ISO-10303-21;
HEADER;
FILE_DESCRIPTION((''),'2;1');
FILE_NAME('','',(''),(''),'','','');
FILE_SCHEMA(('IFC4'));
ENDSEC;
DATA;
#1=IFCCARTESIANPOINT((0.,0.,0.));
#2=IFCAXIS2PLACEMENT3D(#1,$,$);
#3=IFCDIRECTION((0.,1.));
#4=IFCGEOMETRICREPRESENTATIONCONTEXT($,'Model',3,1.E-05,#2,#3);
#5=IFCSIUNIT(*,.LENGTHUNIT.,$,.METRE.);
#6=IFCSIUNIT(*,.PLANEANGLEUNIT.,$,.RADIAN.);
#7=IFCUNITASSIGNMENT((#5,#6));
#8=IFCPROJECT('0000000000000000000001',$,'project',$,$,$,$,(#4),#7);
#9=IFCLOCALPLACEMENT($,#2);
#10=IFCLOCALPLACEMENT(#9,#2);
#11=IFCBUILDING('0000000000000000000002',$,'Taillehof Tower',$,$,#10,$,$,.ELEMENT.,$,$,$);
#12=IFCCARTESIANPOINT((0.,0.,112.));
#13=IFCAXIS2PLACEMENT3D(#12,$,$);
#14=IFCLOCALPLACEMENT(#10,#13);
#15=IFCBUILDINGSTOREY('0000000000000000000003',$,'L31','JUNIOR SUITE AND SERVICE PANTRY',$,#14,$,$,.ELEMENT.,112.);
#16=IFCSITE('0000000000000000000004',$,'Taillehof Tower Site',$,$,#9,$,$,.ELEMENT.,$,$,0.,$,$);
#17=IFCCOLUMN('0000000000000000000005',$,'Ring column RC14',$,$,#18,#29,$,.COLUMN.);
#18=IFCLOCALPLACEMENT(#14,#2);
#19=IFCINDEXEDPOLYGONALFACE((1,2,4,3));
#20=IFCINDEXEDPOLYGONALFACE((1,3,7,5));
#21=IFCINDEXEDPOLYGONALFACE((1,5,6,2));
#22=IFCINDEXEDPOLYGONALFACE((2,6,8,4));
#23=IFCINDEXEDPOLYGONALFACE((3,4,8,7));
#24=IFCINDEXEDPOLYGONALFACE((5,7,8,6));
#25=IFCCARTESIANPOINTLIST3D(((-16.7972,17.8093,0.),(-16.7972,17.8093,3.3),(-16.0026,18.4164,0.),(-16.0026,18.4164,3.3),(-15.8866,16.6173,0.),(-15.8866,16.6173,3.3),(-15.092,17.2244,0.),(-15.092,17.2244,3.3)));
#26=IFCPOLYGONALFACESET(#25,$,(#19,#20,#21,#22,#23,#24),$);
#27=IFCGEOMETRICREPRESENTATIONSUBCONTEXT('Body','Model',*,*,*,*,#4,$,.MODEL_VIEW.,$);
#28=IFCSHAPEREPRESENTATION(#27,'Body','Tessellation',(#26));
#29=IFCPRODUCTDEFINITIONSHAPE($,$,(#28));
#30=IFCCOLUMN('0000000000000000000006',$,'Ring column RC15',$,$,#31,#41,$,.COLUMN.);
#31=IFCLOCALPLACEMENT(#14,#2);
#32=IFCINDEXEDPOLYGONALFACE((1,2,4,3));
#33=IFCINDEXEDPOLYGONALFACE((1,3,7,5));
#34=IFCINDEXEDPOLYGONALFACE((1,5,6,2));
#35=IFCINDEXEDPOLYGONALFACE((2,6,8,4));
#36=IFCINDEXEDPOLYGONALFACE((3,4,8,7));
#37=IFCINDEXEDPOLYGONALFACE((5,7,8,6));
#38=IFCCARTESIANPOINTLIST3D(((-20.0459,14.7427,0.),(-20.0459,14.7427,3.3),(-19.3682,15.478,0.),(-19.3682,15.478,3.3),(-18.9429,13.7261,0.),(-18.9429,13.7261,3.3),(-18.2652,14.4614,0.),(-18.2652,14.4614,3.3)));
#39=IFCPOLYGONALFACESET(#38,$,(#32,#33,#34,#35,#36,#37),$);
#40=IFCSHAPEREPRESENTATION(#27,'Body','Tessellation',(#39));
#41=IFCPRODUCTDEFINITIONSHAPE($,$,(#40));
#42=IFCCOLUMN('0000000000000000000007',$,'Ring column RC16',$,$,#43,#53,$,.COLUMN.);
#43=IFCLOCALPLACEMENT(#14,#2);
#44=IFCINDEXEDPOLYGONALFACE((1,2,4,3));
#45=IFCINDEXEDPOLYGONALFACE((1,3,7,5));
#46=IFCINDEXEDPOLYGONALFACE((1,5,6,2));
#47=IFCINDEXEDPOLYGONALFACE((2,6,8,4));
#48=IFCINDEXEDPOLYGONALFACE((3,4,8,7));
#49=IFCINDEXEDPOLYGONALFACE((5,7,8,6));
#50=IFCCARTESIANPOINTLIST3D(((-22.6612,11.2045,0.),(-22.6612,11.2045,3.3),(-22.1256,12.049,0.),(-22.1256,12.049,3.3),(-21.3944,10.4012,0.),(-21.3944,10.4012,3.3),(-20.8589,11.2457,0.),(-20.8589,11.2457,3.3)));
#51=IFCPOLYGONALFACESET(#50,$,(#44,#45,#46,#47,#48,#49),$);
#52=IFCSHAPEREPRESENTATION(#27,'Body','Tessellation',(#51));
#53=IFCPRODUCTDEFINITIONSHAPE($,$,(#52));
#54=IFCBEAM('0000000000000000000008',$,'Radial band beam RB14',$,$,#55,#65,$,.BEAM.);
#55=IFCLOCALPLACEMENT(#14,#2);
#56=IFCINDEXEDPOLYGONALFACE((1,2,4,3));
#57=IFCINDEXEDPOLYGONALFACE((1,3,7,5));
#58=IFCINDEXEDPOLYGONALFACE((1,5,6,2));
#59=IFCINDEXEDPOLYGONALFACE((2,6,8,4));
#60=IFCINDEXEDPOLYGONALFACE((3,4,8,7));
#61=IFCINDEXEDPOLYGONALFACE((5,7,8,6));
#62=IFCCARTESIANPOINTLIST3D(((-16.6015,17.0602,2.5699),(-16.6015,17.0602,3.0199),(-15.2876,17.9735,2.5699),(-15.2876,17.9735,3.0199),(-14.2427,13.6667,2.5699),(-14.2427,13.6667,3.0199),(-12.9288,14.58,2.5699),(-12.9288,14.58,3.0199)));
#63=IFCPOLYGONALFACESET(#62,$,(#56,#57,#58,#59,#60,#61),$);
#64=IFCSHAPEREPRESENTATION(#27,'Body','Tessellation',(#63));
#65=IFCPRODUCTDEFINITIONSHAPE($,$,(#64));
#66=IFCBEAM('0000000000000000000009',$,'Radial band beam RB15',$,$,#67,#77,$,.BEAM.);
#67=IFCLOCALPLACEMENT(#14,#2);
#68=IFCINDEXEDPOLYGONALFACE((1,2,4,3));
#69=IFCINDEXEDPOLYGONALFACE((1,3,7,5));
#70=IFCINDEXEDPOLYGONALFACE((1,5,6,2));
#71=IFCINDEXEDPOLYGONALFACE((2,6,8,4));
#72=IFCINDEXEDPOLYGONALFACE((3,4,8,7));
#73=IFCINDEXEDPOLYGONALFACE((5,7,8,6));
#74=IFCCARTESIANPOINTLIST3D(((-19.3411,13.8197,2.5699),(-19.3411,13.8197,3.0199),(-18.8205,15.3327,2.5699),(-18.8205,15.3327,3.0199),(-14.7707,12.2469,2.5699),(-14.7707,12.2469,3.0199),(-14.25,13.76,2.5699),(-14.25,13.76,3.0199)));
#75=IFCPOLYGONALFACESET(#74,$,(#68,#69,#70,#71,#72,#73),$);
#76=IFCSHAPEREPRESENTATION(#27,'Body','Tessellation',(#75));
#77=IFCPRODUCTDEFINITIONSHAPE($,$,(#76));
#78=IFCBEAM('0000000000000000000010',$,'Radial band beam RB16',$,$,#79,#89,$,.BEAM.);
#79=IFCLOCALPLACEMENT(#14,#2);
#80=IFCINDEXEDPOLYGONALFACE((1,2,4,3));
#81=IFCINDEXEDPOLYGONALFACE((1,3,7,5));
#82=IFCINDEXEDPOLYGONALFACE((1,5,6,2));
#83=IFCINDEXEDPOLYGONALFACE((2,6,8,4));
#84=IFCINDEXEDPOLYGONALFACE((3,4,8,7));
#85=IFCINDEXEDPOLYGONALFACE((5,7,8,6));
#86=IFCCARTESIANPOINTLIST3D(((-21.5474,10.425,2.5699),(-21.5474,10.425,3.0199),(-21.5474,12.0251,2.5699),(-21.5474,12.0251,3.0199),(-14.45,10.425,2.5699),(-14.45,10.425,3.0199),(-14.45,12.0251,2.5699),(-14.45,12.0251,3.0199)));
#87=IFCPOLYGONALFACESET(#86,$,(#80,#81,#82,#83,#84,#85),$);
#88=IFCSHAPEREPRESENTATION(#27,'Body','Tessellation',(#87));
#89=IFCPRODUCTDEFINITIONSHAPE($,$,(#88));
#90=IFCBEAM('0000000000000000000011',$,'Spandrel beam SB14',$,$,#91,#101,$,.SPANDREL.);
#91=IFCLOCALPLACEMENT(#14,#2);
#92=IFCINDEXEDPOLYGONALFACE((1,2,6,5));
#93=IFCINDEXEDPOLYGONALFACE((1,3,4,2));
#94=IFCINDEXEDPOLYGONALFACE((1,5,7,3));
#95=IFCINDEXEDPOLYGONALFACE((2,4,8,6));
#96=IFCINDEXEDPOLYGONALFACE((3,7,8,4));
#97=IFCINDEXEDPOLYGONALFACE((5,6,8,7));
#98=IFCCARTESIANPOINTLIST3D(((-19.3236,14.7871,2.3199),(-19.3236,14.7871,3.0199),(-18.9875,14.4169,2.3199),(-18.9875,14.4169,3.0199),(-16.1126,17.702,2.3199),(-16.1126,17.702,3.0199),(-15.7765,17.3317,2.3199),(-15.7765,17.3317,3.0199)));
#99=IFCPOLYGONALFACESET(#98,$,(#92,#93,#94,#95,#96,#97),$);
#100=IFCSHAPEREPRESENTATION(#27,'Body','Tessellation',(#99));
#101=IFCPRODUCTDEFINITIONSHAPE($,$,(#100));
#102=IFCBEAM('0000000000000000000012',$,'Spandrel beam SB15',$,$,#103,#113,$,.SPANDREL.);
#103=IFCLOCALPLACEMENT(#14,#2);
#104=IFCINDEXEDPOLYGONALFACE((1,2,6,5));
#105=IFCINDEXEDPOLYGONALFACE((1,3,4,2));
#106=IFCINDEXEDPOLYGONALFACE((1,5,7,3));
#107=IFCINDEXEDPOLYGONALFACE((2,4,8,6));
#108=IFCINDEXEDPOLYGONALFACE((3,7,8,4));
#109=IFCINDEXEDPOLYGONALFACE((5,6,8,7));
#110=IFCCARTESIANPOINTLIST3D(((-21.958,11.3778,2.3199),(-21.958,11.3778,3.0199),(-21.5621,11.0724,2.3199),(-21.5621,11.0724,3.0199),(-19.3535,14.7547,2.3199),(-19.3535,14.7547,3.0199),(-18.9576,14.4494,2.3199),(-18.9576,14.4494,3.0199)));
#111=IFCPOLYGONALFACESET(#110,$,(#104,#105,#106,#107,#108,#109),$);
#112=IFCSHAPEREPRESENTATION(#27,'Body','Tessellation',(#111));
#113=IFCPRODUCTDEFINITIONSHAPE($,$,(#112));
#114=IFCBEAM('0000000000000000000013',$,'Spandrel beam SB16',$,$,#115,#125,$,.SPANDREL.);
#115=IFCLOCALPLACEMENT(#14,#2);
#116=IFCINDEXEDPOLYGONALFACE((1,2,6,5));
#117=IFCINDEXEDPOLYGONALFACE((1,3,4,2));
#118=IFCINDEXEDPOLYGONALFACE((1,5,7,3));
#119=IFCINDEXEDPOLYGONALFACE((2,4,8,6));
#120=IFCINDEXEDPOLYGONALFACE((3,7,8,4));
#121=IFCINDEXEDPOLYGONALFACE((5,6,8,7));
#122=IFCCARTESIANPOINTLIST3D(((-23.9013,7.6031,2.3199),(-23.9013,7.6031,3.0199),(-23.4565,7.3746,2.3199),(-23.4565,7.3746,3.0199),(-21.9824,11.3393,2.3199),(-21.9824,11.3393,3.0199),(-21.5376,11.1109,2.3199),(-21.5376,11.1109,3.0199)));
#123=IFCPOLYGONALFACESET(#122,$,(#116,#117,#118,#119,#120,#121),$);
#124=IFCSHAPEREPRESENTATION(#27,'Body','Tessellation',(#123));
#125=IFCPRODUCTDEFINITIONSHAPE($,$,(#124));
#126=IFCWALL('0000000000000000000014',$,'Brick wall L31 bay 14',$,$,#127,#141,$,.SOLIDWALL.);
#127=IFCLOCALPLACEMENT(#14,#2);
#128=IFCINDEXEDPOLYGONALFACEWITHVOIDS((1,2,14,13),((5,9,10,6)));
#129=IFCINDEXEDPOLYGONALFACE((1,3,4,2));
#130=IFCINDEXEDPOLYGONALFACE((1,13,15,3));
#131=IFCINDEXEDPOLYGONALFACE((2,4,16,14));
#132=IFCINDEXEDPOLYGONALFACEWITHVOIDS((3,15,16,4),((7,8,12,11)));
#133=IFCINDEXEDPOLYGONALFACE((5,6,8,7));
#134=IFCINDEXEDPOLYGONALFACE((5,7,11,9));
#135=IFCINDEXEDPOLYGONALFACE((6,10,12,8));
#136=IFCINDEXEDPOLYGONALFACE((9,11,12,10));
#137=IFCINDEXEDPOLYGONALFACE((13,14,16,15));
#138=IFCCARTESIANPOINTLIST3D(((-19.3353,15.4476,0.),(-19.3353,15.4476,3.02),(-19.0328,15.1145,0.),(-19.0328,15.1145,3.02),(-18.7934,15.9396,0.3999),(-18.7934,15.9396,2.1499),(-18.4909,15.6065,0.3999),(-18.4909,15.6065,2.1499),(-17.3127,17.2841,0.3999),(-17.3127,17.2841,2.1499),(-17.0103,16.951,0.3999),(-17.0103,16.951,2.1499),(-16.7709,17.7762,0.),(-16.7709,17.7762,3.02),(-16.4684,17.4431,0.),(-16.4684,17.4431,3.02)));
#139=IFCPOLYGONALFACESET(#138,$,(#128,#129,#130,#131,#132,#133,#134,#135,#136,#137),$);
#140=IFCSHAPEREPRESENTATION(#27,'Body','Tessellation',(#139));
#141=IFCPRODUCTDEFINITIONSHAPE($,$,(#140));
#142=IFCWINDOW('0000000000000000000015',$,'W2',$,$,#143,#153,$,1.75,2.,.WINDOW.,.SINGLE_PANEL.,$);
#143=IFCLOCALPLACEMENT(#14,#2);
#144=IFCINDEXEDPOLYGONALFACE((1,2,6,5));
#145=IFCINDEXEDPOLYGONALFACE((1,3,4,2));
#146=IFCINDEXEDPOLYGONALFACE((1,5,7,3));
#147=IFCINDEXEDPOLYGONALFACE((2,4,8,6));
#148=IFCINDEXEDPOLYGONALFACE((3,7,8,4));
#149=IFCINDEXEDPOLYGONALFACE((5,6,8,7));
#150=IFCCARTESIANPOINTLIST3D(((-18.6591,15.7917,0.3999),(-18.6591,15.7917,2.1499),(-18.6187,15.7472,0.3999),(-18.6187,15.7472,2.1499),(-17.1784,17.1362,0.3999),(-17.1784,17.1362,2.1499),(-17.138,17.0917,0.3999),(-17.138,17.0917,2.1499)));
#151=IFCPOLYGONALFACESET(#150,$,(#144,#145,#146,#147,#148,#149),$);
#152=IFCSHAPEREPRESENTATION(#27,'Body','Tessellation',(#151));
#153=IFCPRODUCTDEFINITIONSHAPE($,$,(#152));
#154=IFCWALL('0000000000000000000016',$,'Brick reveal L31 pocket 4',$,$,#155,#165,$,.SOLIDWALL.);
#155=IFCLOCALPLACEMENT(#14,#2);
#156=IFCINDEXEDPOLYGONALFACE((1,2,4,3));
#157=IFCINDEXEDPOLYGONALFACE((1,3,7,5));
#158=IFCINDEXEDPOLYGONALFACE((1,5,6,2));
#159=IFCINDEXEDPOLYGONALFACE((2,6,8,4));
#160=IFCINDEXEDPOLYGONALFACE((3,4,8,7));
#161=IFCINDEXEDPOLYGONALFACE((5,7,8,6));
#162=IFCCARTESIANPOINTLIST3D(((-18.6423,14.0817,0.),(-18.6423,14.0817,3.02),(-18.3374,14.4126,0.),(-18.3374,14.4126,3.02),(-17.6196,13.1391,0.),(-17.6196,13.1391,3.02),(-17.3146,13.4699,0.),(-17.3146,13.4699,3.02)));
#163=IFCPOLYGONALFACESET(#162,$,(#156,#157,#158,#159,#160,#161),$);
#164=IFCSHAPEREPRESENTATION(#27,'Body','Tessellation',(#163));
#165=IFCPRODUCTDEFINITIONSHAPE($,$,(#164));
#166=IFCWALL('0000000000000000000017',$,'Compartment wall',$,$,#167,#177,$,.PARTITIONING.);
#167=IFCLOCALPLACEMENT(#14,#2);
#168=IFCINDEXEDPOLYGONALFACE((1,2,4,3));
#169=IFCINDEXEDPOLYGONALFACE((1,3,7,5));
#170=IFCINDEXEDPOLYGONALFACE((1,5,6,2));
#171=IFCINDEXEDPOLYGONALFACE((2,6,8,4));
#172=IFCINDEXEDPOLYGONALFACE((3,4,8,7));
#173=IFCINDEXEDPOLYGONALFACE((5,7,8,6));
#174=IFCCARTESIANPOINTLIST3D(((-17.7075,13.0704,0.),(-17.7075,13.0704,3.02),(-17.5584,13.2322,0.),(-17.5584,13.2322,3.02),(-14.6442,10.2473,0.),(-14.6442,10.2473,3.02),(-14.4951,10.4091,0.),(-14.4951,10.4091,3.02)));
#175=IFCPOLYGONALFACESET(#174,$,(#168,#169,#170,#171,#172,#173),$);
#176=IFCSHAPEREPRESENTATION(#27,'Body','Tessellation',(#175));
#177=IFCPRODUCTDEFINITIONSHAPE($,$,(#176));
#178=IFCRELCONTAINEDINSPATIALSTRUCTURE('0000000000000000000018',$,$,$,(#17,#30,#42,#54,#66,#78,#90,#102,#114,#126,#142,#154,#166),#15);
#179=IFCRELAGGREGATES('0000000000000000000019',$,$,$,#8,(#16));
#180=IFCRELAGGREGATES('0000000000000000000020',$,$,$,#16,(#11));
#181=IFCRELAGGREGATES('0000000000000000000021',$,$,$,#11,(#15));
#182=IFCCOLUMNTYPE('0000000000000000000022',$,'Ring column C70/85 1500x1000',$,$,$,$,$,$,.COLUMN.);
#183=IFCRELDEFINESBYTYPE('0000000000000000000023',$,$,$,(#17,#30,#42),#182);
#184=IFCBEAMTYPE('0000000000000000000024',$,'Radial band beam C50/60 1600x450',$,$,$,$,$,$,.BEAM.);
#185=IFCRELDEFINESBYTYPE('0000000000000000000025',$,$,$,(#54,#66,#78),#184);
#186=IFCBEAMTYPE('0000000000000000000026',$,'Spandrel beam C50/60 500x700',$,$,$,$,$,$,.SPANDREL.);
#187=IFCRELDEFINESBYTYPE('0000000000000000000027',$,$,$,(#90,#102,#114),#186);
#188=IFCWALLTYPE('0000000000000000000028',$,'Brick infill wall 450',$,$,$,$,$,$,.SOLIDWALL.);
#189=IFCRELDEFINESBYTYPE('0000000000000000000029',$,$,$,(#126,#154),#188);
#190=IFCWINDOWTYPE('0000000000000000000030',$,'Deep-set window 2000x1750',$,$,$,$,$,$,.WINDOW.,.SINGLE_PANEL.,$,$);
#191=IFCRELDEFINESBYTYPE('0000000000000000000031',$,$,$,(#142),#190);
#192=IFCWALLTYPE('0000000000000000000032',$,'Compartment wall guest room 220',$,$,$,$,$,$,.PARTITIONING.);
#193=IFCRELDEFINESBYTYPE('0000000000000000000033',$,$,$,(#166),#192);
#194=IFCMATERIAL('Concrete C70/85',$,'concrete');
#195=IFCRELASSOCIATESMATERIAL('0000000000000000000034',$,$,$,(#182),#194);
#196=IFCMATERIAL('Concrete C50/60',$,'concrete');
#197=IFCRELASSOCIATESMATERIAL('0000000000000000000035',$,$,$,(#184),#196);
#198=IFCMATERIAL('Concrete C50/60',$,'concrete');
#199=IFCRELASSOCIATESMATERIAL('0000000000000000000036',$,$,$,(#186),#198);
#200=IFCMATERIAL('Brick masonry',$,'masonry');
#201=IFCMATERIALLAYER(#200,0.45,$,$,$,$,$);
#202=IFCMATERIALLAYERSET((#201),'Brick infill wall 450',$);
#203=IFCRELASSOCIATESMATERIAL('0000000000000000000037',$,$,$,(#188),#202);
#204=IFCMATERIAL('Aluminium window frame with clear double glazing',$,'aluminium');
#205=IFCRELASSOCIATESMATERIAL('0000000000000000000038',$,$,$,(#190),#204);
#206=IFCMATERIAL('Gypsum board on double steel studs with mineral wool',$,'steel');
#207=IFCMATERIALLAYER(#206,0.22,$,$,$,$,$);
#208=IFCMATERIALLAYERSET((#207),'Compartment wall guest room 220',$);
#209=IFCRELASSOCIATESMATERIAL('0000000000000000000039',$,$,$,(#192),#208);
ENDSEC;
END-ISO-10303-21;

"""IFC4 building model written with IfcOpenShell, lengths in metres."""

from ifc_helpers import new_model, si_unit, direction, frame, frame_2d, origin, origin_2d, place, context, subcontext, project, spatial, rectangle, extrude, material, layer, layer_set, material_profile, profile_set, type_object, element, fill, save


model = new_model("IFC4")

# Units and contexts
model_context = context("Model", 3, precision=1e-05, world=origin(), true_north=direction((0.0, 1.0)))
body_context = subcontext(model_context, "Body", "Model", "MODEL_VIEW")
ifc_project = project(units=[si_unit("LENGTHUNIT", "METRE"), si_unit("PLANEANGLEUNIT", "RADIAN")], contexts=[model_context])

# Site, building, storey
site_placement = place(None, origin())
site = spatial("IfcSite", under=ifc_project, at=site_placement, Name="Taillehof Tower Site", CompositionType="ELEMENT", RefElevation=0.0)
building_placement = place(site_placement, origin())
building = spatial("IfcBuilding", under=site, at=building_placement, Name="Taillehof Tower", CompositionType="ELEMENT")
storey_placement = place(building_placement, frame((0.0, 0.0, 112.0)))
storey = spatial("IfcBuildingStorey", under=building, at=storey_placement, Name="L31", Description="JUNIOR SUITE AND SERVICE PANTRY", CompositionType="ELEMENT", Elevation=112.0)

# Columns
ifc_material_1 = material(Name="Concrete C70/85", Category="concrete")
ifc_material_profile_1 = material_profile(ifc_material_1, rectangle(XDim=1.5, YDim=1.0, at=origin_2d()), Name="RC 1500x1000")
ifc_profile_set_1 = profile_set([ifc_material_profile_1], Name="Concrete C70/85")
column_type = type_object("IfcColumnType", Name="Ring column C70/85 1500x1000", PredefinedType="COLUMN", material=ifc_profile_set_1)
for number, where, z_axis, x_axis, name in (
    (1, (-15.9446, 17.5168, 0.0), (0.0, 0.0, 1.0), (-0.607074, 0.794645, 0.0), "Ring column RC14"),
    (2, (-19.1555, 14.6021, 0.0), (0.0, 0.0, 1.0), (-0.735332, 0.677707, 0.0), "Ring column RC15"),
    (3, (-21.76, 11.2251, 0.0), (0.0, 0.0, 1.0), (-0.844511, 0.535537, 0.0), "Ring column RC16"),
):
    element("IfcColumn", number, at=place(storey_placement, frame(where, z_axis=z_axis, x_axis=x_axis)), inside=storey, type_object=column_type, Name=name, PredefinedType="COLUMN", context=body_context, shape_type="SweptSolid", body=[
        extrude(rectangle(XDim=1.5, YDim=1.0, at=origin_2d()), origin(), (0.0, 0.0, 1.0), 3.3),
    ])

# Beams
ifc_material_2 = material(Name="Concrete C50/60", Category="concrete")
ifc_material_profile_2 = material_profile(ifc_material_2, rectangle(XDim=1.6001, YDim=0.45, at=origin_2d()), Name="RC 1600x450")
ifc_profile_set_2 = profile_set([ifc_material_profile_2], Name="Concrete C50/60")
beam_type_1 = type_object("IfcBeamType", Name="Radial band beam C50/60 1600x450", PredefinedType="BEAM", material=ifc_profile_set_2)
beam_1_placement = place(storey_placement, frame((-15.9446, 17.5168, 2.7949), z_axis=(0.570763, -0.821115, 0.0), x_axis=(0.821115, 0.570763, 0.0)))
element("IfcBeam", 4, at=beam_1_placement, inside=storey, type_object=beam_type_1, Name="Radial band beam RB14", PredefinedType="BEAM", context=body_context, shape_type="SweptSolid", body=[
    extrude(rectangle(XDim=1.6001, YDim=0.45, at=origin_2d()), origin(), (0.0, 0.0, 1.0), 4.1328),
])
beam_2_placement = place(storey_placement, frame((-19.0808, 14.5762, 2.7949), z_axis=(0.945583, -0.32538, 0.0), x_axis=(0.32538, 0.945583, 0.0)))
element("IfcBeam", 5, at=beam_2_placement, inside=storey, type_object=beam_type_1, Name="Radial band beam RB15", PredefinedType="BEAM", context=body_context, shape_type="SweptSolid", body=[
    extrude(rectangle(XDim=1.6001, YDim=0.45, at=origin_2d()), origin(), (0.0, 0.0, 1.0), 4.8335),
])
beam_3_placement = place(storey_placement, frame((-21.5474, 11.2251, 2.7949), z_axis=(1.0, 0.0, 0.0), x_axis=(0.0, 1.0, 0.0)))
element("IfcBeam", 6, at=beam_3_placement, inside=storey, type_object=beam_type_1, Name="Radial band beam RB16", PredefinedType="BEAM", context=body_context, shape_type="SweptSolid", body=[
    extrude(rectangle(XDim=1.6001, YDim=0.45, at=origin_2d()), origin(), (0.0, 0.0, 1.0), 7.0974),
])
ifc_material_3 = material(Name="Concrete C50/60", Category="concrete")
ifc_material_profile_3 = material_profile(ifc_material_3, rectangle(XDim=0.5, YDim=0.7, at=origin_2d()), Name="RC 500x700")
ifc_profile_set_3 = profile_set([ifc_material_profile_3], Name="Concrete C50/60")
beam_type_2 = type_object("IfcBeamType", Name="Spandrel beam C50/60 500x700", PredefinedType="SPANDREL", material=ifc_profile_set_3)
beam_4_placement = place(storey_placement, frame((-15.9446, 17.5168, 2.6699), z_axis=(-0.740426, -0.672137, 0.0), x_axis=(0.672137, -0.740426, 0.0)))
element("IfcBeam", 7, at=beam_4_placement, inside=storey, type_object=beam_type_2, Name="Spandrel beam SB14", PredefinedType="SPANDREL", context=body_context, shape_type="SweptSolid", body=[
    extrude(rectangle(XDim=0.5, YDim=0.7, at=origin_2d()), origin(), (0.0, 0.0, 1.0), 4.3367),
])
beam_5_placement = place(storey_placement, frame((-19.1555, 14.6021, 2.6699), z_axis=(-0.610717, -0.791849, 0.0), x_axis=(0.791849, -0.610717, 0.0)))
element("IfcBeam", 8, at=beam_5_placement, inside=storey, type_object=beam_type_2, Name="Spandrel beam SB15", PredefinedType="SPANDREL", context=body_context, shape_type="SweptSolid", body=[
    extrude(rectangle(XDim=0.5, YDim=0.7, at=origin_2d()), origin(), (0.0, 0.0, 1.0), 4.2646),
])
beam_6_placement = place(storey_placement, frame((-21.76, 11.2251, 2.6699), z_axis=(-0.456859, -0.889539, 0.0), x_axis=(0.889539, -0.456859, 0.0)))
element("IfcBeam", 9, at=beam_6_placement, inside=storey, type_object=beam_type_2, Name="Spandrel beam SB16", PredefinedType="SPANDREL", context=body_context, shape_type="SweptSolid", body=[
    extrude(rectangle(XDim=0.5, YDim=0.7, at=origin_2d()), origin(), (0.0, 0.0, 1.0), 4.2002),
])

# Wall, opening, window
ifc_material_4 = material(Name="Brick masonry", Category="masonry")
ifc_layer_1 = layer(ifc_material_4, 0.45)
ifc_layer_set_1 = layer_set([ifc_layer_1], Name="Brick infill wall 450")
wall_type_1 = type_object("IfcWallType", Name="Brick infill wall 450", PredefinedType="SOLIDWALL", material=ifc_layer_set_1)
wall_1_placement = place(storey_placement, frame((-16.6196, 17.6096, 0.0), z_axis=(0.0, 0.0, 1.0), x_axis=(-0.740329, -0.672245, 0.0)))
wall_1 = element("IfcWall", 10, at=wall_1_placement, inside=storey, type_object=wall_type_1, Name="Brick wall L31 bay 14", PredefinedType="SOLIDWALL", context=body_context, shape_type="SweptSolid", body=[
    extrude(rectangle(XDim=3.4639, YDim=0.45, at=frame_2d((1.7319, 0.0))), origin(), (0.0, 0.0, 1.0), 3.02),
])
opening_1_placement = place(wall_1_placement, frame((0.7319, 0.0, 0.3999)))
opening_1 = element("IfcOpeningElement", 11, at=opening_1_placement, cuts=wall_1, PredefinedType="OPENING", context=body_context, shape_type="SweptSolid", body=[
    extrude(rectangle(XDim=2.0, YDim=1.75, at=frame_2d((1.0, 0.875))), frame((0.0, 0.2349, 0.0), z_axis=(0.0, -1.0, 0.0), x_axis=(1.0, 0.0, 0.0)), (0.0, 0.0, 1.0), 0.47),
])
ifc_material_5 = material(Name="Aluminium window frame with clear double glazing", Category="aluminium")
window_type_1 = type_object("IfcWindowType", Name="Deep-set window 2000x1750", PartitioningType="SINGLE_PANEL", PredefinedType="WINDOW", material=ifc_material_5)
window_1_placement = place(opening_1_placement, origin())
window_1 = element("IfcWindow", 12, at=window_1_placement, inside=storey, type_object=window_type_1, Name="W2", OverallHeight=1.75, OverallWidth=2.0, PartitioningType="SINGLE_PANEL", PredefinedType="WINDOW", context=body_context, shape_type="SweptSolid", body=[
    extrude(rectangle(XDim=2.0, YDim=1.75, at=frame_2d((1.0, 0.875))), frame((0.0, 0.0349, 0.0), z_axis=(0.0, -1.0, 0.0), x_axis=(1.0, 0.0, 0.0)), (0.0, 0.0, 1.0), 0.0601),
])
fill(opening_1, window_1)

# Wall
wall_2_placement = place(storey_placement, frame((-18.4897, 14.2471, 0.0), z_axis=(0.0, 0.0, 1.0), x_axis=(0.735308, -0.677733, 0.0)))
element("IfcWall", 13, at=wall_2_placement, inside=storey, type_object=wall_type_1, Name="Brick reveal L31 pocket 4", PredefinedType="SOLIDWALL", context=body_context, shape_type="SweptSolid", body=[
    extrude(rectangle(XDim=1.3909, YDim=0.45, at=frame_2d((0.6953, 0.0))), origin(), (0.0, 0.0, 1.0), 3.02),
])

# Wall
ifc_material_6 = material(Name="Gypsum board on double steel studs with mineral wool", Category="steel")
ifc_layer_2 = layer(ifc_material_6, 0.22)
ifc_layer_set_2 = layer_set([ifc_layer_2], Name="Compartment wall guest room 220")
wall_type_2 = type_object("IfcWallType", Name="Compartment wall guest room 220", PredefinedType="PARTITIONING", material=ifc_layer_set_2)
wall_3_placement = place(storey_placement, frame((-17.6331, 13.1514, 0.0), z_axis=(0.0, 0.0, 1.0), x_axis=(0.735354, -0.677684, 0.0)))
element("IfcWall", 14, at=wall_3_placement, inside=storey, type_object=wall_type_2, Name="Compartment wall", PredefinedType="PARTITIONING", context=body_context, shape_type="SweptSolid", body=[
    extrude(rectangle(XDim=4.1658, YDim=0.22, at=frame_2d((2.083, 0.0))), origin(), (0.0, 0.0, 1.0), 3.02),
])

save(model, "model.ifc")
